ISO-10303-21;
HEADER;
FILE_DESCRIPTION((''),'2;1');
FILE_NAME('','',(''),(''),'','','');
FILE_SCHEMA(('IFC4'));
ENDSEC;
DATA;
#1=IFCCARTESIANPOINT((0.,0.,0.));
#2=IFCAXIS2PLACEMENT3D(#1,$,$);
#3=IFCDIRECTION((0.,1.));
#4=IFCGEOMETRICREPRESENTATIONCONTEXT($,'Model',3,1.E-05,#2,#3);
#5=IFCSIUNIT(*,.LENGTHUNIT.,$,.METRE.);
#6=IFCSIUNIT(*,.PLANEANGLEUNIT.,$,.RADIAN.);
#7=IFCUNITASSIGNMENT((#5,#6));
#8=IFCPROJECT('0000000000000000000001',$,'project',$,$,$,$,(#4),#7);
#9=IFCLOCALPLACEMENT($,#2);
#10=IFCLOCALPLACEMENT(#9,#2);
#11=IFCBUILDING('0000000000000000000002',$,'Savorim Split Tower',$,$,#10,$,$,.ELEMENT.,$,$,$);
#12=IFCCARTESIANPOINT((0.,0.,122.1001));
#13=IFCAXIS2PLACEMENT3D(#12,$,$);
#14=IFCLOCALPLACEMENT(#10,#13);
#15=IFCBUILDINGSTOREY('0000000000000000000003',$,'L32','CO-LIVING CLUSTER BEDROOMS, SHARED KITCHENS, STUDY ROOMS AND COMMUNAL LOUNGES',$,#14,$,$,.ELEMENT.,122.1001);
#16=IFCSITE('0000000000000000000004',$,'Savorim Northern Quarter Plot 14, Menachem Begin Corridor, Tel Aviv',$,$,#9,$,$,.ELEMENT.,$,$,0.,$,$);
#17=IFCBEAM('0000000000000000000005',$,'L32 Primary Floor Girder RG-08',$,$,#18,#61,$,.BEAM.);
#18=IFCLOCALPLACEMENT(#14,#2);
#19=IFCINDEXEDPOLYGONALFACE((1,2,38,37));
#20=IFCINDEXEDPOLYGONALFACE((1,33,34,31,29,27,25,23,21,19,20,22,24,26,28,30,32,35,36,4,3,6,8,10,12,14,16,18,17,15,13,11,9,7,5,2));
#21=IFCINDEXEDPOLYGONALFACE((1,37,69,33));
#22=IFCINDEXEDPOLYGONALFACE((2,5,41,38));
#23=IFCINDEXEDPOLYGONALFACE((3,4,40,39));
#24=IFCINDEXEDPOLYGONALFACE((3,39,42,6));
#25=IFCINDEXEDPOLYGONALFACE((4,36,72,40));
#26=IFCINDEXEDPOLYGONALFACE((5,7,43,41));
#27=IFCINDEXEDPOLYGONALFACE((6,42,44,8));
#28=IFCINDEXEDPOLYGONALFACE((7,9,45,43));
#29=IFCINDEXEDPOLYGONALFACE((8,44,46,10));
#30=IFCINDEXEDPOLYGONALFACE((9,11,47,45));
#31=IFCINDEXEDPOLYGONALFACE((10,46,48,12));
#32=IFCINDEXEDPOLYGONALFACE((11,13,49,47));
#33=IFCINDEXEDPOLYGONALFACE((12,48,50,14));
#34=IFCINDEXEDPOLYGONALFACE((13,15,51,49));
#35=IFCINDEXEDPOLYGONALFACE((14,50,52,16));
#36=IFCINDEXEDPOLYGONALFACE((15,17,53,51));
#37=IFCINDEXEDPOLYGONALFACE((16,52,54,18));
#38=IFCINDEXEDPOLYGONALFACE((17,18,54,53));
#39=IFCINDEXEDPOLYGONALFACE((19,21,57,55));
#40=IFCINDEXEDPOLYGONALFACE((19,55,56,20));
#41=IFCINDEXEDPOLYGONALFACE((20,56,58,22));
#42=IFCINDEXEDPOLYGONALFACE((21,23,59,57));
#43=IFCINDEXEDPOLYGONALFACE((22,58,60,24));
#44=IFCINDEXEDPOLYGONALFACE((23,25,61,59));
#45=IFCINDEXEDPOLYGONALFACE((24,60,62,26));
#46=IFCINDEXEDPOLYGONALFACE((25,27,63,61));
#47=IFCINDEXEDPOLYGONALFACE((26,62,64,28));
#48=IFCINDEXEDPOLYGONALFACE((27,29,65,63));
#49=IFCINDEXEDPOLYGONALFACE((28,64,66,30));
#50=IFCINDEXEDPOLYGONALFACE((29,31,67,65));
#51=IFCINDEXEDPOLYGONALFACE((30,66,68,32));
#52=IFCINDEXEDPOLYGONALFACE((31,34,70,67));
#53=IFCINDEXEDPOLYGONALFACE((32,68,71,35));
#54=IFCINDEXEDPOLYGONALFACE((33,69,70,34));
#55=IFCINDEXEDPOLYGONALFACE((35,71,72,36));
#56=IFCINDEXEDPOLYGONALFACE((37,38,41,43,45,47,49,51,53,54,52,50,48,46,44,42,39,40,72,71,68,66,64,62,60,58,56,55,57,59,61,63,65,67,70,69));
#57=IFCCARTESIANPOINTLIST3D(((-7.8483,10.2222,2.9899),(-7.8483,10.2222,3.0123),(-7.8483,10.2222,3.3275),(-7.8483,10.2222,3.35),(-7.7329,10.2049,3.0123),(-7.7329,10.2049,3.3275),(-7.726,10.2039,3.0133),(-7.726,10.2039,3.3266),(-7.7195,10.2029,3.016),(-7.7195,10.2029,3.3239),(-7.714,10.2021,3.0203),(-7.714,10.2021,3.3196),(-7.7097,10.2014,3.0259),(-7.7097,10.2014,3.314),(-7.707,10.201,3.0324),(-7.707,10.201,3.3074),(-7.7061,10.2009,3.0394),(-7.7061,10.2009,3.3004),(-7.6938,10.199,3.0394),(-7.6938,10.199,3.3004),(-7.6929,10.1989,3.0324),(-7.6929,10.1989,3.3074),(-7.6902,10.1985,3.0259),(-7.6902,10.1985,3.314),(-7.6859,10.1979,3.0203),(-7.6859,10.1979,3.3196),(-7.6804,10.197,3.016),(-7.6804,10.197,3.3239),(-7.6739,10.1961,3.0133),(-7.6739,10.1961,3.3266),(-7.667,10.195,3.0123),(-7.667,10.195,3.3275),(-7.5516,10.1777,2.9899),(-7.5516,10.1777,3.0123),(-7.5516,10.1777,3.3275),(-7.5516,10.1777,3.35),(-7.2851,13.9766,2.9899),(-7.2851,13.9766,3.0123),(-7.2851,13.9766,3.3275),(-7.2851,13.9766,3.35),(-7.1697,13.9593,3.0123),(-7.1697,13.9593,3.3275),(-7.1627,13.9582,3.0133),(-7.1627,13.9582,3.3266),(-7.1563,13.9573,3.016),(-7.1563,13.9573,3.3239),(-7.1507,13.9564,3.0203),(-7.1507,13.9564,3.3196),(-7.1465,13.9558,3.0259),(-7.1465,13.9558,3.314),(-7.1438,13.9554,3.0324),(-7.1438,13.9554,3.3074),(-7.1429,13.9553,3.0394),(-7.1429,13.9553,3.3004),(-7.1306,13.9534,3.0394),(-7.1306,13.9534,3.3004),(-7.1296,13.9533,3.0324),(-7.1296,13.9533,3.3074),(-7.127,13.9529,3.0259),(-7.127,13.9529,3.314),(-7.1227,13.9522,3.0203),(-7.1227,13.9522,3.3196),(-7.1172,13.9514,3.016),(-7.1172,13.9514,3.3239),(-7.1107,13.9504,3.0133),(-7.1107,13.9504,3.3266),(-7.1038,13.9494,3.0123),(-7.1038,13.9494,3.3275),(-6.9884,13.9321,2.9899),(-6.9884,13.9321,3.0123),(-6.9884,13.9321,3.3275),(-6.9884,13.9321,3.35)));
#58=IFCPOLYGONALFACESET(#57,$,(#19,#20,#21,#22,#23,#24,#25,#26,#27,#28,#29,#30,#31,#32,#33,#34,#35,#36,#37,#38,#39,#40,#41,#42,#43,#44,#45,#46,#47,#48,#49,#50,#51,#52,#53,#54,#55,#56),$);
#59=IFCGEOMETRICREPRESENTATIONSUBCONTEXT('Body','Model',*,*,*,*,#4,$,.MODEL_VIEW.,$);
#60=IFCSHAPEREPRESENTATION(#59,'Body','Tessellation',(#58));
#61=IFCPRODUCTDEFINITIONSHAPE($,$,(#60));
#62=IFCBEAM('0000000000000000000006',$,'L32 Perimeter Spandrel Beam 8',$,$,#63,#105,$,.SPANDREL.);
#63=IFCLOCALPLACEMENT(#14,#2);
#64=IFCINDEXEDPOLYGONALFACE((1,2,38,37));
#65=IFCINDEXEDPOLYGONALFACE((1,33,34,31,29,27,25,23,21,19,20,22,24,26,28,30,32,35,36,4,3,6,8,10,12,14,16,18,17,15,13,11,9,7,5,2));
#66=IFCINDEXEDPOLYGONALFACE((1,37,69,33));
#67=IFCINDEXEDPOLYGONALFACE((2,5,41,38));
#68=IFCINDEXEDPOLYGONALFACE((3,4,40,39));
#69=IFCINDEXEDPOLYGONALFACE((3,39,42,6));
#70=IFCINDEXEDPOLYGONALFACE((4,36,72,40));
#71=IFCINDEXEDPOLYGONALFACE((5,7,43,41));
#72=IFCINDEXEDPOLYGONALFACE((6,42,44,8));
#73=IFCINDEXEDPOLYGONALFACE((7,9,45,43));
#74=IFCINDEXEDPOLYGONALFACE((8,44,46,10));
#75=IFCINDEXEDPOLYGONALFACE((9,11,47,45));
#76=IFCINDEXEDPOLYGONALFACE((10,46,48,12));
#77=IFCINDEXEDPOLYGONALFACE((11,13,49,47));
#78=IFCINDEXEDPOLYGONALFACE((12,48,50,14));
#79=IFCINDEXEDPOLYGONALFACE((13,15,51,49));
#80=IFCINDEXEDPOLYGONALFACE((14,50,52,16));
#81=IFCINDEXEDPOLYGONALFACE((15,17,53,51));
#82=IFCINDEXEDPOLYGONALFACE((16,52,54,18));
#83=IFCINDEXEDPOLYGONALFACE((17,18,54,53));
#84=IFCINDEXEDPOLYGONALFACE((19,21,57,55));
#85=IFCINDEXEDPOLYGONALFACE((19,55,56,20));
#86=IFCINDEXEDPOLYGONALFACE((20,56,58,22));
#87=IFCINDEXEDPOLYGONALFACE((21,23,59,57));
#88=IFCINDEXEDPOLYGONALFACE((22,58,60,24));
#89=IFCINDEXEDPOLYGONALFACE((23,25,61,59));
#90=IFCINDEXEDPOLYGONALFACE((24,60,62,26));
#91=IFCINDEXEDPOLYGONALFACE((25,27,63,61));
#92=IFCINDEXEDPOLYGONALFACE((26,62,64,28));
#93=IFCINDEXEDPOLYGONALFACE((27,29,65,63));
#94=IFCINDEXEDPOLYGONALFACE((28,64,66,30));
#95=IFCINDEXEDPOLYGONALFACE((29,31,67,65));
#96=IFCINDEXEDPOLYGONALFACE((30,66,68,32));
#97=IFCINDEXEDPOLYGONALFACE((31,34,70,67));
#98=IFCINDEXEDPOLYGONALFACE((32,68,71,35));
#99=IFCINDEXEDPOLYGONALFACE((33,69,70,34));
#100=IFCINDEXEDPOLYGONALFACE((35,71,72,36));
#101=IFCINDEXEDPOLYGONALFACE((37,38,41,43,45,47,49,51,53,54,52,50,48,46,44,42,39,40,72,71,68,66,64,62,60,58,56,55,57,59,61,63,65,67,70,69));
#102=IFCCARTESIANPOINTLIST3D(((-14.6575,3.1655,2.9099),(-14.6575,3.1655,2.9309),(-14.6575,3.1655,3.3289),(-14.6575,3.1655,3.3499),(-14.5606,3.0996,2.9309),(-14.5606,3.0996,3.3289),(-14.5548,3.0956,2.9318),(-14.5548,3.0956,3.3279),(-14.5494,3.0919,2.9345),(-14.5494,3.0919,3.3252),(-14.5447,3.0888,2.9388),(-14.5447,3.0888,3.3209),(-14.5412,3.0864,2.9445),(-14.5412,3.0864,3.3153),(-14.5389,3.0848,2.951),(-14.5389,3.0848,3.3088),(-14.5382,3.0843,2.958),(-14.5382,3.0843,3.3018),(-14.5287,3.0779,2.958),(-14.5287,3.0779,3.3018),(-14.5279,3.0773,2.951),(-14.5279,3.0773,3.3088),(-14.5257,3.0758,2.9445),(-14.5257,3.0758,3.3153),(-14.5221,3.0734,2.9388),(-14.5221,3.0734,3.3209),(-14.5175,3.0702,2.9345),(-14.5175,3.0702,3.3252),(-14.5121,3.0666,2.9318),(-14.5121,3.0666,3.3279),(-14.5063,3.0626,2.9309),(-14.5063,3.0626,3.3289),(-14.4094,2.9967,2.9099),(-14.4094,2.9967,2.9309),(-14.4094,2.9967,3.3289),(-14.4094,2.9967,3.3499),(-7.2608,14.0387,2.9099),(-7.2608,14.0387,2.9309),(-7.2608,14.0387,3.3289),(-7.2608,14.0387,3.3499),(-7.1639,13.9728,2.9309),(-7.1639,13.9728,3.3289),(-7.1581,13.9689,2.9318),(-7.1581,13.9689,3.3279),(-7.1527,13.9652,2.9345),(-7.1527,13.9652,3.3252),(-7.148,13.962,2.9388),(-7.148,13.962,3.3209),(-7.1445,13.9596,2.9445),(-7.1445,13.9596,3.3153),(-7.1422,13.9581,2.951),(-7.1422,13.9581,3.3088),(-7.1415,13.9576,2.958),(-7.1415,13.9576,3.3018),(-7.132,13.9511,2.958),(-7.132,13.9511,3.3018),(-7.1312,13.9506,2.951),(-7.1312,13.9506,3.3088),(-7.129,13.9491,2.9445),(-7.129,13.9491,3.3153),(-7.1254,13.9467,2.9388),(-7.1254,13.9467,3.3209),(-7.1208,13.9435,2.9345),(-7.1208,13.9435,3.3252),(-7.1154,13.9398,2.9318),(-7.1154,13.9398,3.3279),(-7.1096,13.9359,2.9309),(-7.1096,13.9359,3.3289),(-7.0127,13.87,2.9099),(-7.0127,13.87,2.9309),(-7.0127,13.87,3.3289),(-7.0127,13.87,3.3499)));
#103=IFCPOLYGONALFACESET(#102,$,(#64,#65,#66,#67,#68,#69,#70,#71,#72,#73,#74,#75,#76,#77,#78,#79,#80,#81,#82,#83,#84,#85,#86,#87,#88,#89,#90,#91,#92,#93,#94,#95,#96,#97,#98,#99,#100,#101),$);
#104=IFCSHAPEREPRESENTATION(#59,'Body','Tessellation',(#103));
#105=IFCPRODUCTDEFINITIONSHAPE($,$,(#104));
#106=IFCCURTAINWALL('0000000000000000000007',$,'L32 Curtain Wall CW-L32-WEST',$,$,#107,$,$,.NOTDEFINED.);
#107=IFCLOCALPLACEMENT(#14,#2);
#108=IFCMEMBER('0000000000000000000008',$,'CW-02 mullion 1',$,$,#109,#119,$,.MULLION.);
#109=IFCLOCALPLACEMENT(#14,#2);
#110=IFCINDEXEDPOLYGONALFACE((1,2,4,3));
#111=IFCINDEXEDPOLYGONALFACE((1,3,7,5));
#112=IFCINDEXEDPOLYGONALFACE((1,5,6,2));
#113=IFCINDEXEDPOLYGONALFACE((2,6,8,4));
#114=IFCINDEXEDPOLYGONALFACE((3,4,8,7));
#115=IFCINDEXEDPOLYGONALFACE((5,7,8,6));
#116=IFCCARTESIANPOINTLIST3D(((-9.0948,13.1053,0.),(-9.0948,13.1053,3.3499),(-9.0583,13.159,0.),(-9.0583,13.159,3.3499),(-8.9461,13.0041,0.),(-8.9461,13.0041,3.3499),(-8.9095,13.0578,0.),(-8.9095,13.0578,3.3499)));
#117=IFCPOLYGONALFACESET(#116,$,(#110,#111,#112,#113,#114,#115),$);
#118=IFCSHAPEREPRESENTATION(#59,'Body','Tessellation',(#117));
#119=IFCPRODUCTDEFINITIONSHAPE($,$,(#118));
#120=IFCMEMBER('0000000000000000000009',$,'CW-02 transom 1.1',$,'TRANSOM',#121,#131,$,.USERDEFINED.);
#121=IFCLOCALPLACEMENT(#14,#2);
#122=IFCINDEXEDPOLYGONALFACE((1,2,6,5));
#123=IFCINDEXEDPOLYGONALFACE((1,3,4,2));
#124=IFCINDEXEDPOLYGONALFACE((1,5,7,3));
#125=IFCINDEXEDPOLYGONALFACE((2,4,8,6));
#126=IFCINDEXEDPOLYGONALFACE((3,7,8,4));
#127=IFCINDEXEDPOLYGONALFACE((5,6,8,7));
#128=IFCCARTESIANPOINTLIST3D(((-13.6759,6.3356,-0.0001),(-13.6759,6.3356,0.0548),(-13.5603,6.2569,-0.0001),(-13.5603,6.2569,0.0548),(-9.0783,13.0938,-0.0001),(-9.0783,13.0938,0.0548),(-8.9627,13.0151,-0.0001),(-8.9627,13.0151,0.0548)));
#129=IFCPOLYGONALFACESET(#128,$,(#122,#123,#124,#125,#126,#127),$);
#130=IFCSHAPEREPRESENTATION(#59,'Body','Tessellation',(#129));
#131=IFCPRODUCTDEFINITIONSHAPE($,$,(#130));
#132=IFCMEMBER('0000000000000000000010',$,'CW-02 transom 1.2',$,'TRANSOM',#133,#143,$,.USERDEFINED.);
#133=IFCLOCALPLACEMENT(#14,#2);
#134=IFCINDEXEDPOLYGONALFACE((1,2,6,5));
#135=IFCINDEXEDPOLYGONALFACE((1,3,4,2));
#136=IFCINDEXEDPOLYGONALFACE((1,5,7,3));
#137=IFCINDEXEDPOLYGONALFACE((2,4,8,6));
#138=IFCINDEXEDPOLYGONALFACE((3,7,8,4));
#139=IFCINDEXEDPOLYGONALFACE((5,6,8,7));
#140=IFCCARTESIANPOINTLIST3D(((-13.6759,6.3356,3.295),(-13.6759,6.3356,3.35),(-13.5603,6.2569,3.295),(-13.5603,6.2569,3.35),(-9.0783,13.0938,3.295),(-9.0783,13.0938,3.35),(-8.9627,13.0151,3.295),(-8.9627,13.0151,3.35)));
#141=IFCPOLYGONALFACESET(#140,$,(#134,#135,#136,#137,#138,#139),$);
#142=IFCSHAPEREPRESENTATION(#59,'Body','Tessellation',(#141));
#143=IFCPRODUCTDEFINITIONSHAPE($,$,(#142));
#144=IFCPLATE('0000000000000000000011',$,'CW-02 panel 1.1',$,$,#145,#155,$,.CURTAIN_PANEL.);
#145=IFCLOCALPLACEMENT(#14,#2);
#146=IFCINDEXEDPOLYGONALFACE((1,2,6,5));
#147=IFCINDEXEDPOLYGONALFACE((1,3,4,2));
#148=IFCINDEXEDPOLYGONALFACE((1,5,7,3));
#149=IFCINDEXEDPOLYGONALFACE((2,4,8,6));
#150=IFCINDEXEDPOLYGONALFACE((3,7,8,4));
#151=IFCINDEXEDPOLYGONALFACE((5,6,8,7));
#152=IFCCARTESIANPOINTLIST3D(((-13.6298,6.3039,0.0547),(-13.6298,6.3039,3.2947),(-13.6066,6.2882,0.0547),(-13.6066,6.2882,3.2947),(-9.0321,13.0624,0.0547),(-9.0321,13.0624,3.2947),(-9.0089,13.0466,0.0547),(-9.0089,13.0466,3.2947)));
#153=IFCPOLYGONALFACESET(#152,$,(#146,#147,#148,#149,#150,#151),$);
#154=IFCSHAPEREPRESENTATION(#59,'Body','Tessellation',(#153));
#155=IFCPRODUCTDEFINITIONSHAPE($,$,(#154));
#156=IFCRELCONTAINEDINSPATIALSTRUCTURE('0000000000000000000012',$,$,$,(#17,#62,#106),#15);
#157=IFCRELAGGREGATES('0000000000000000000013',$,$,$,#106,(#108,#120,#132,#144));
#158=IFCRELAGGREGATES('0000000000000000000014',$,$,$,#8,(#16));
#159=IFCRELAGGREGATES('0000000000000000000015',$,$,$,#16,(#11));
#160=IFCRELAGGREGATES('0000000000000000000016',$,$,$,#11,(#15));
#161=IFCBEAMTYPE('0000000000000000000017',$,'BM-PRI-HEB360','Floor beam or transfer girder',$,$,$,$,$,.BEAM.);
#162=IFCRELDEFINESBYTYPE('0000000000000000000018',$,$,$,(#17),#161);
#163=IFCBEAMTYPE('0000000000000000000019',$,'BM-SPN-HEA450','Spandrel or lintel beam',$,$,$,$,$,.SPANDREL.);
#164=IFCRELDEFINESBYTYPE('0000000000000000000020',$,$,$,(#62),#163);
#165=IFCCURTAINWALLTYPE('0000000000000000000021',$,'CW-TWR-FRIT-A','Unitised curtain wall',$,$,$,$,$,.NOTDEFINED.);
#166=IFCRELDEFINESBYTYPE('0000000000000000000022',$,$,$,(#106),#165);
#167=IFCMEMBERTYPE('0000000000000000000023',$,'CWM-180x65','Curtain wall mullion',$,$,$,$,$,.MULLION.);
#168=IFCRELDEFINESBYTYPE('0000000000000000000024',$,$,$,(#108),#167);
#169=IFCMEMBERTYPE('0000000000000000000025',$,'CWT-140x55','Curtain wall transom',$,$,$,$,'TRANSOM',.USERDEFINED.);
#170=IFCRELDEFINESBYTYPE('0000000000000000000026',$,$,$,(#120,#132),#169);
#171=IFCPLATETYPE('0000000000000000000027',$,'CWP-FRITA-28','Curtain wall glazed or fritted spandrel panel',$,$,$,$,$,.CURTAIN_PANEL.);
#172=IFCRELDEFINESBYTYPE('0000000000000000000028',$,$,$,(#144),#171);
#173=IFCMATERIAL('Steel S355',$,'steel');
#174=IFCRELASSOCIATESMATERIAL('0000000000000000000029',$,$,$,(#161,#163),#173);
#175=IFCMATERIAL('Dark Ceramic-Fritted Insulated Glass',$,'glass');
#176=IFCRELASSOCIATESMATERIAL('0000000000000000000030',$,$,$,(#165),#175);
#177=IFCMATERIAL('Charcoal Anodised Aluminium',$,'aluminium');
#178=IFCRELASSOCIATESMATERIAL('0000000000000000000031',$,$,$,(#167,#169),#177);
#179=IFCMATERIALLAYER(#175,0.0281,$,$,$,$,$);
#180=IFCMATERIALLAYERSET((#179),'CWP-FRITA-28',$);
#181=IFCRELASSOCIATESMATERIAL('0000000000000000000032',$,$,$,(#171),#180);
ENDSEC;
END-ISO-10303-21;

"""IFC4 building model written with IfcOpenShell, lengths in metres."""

from ifc_helpers import new_model, si_unit, direction, frame, origin, origin_2d, place, context, subcontext, project, spatial, rectangle, i_section, extrude, material, layer, layer_set, material_profile, profile_set, type_object, element, aggregate, save


model = new_model("IFC4")

# Units and contexts
model_context = context("Model", 3, precision=1e-05, world=origin(), true_north=direction((0.0, 1.0)))
body_context = subcontext(model_context, "Body", "Model", "MODEL_VIEW")
ifc_project = project(units=[si_unit("LENGTHUNIT", "METRE"), si_unit("PLANEANGLEUNIT", "RADIAN")], contexts=[model_context])

# Site, building, storey
site_placement = place(None, origin())
site = spatial("IfcSite", under=ifc_project, at=site_placement, Name="Savorim Northern Quarter Plot 14, Menachem Begin Corridor, Tel Aviv", CompositionType="ELEMENT", RefElevation=0.0)
building_placement = place(site_placement, origin())
building = spatial("IfcBuilding", under=site, at=building_placement, Name="Savorim Split Tower", CompositionType="ELEMENT")
storey_placement = place(building_placement, frame((0.0, 0.0, 122.1001)))
storey = spatial("IfcBuildingStorey", under=building, at=storey_placement, Name="L32", Description="CO-LIVING CLUSTER BEDROOMS, SHARED KITCHENS, STUDY ROOMS AND COMMUNAL LOUNGES", CompositionType="ELEMENT", Elevation=122.1001)

# Beams
ifc_material_1 = material(Name="Steel S355", Category="steel")
ifc_material_profile_1 = material_profile(ifc_material_1, i_section(OverallWidth=0.3, OverallDepth=0.3601, WebThickness=0.0125, FlangeThickness=0.0225, FilletRadius=0.0271, at=origin_2d()), Name="HEB 360")
ifc_profile_set_1 = profile_set([ifc_material_profile_1], Name="Steel S355")
beam_type_1 = type_object("IfcBeamType", Name="BM-PRI-HEB360", Description="Floor beam or transfer girder", PredefinedType="BEAM", material=ifc_profile_set_1)
beam_1_placement = place(storey_placement, frame((-7.1367, 13.9543, 3.1699), z_axis=(-0.148359, -0.988934, 0.0), x_axis=(0.988934, -0.148359, 0.0)))
element("IfcBeam", 1, at=beam_1_placement, inside=storey, type_object=beam_type_1, Name="L32 Primary Floor Girder RG-08", PredefinedType="BEAM", context=body_context, shape_type="SweptSolid", body=[
    extrude(i_section(OverallWidth=0.3, OverallDepth=0.3601, WebThickness=0.0125, FlangeThickness=0.0225, FilletRadius=0.0271, at=origin_2d()), origin(), (0.0, 0.0, 1.0), 3.7964),
])
ifc_material_profile_2 = material_profile(ifc_material_1, i_section(OverallWidth=0.3, OverallDepth=0.4399, WebThickness=0.0115, FlangeThickness=0.021, FilletRadius=0.0271, at=origin_2d()), Name="HEA 450")
ifc_profile_set_2 = profile_set([ifc_material_profile_2], Name="Steel S355")
beam_type_2 = type_object("IfcBeamType", Name="BM-SPN-HEA450", Description="Spandrel or lintel beam", PredefinedType="SPANDREL", material=ifc_profile_set_2)
beam_2_placement = place(storey_placement, frame((-7.1367, 13.9543, 3.1299), z_axis=(-0.56246, -0.826824, 0.0), x_axis=(0.826824, -0.56246, 0.0)))
element("IfcBeam", 2, at=beam_2_placement, inside=storey, type_object=beam_type_2, Name="L32 Perimeter Spandrel Beam 8", PredefinedType="SPANDREL", context=body_context, shape_type="SweptSolid", body=[
    extrude(i_section(OverallWidth=0.3, OverallDepth=0.4399, WebThickness=0.0115, FlangeThickness=0.021, FilletRadius=0.0271, at=origin_2d()), origin(), (0.0, 0.0, 1.0), 13.1506),
])

# Curtain wall, members, plate
ifc_material_2 = material(Name="Dark Ceramic-Fritted Insulated Glass", Category="glass")
curtain_wall_type = type_object("IfcCurtainWallType", Name="CW-TWR-FRIT-A", Description="Unitised curtain wall", PredefinedType="NOTDEFINED", material=ifc_material_2)
curtain_wall_placement = place(storey_placement, origin())
curtain_wall = element("IfcCurtainWall", 3, at=curtain_wall_placement, inside=storey, type_object=curtain_wall_type, Name="L32 Curtain Wall CW-L32-WEST", PredefinedType="NOTDEFINED")
ifc_material_3 = material(Name="Charcoal Anodised Aluminium", Category="aluminium")
ifc_material_profile_3 = material_profile(ifc_material_3, rectangle(XDim=0.1799, YDim=0.0649, at=origin_2d()), Name="ALU-M 180x65")
ifc_profile_set_3 = profile_set([ifc_material_profile_3], Name="Charcoal Anodised Aluminium")
member_type_1 = type_object("IfcMemberType", Name="CWM-180x65", Description="Curtain wall mullion", PredefinedType="MULLION", material=ifc_profile_set_3)
member_1_placement = place(storey_placement, frame((-9.0022, 13.0815, 0.0), z_axis=(0.0, 0.0, 1.0), x_axis=(0.82682, -0.562467, 0.0)))
member_1 = element("IfcMember", 4, at=member_1_placement, type_object=member_type_1, Name="CW-02 mullion 1", PredefinedType="MULLION", context=body_context, shape_type="SweptSolid", body=[
    extrude(rectangle(XDim=0.1799, YDim=0.0649, at=origin_2d()), origin(), (0.0, 0.0, 1.0), 3.3499),
])
ifc_material_profile_4 = material_profile(ifc_material_3, rectangle(XDim=0.1399, YDim=0.0549, at=origin_2d()), Name="ALU-T 140x55")
ifc_profile_set_4 = profile_set([ifc_material_profile_4], Name="Charcoal Anodised Aluminium")
member_type_2 = type_object("IfcMemberType", Name="CWT-140x55", Description="Curtain wall transom", ElementType="TRANSOM", PredefinedType="USERDEFINED", material=ifc_profile_set_4)
member_2_placement = place(storey_placement, frame((-9.0205, 13.0544, 0.0273), z_axis=(-0.562478, -0.826812, 0.0), x_axis=(0.826812, -0.562478, 0.0)))
member_2 = element("IfcMember", 5, at=member_2_placement, type_object=member_type_2, Name="CW-02 transom 1.1", ObjectType="TRANSOM", PredefinedType="USERDEFINED", context=body_context, shape_type="SweptSolid", body=[
    extrude(rectangle(XDim=0.1399, YDim=0.0549, at=origin_2d()), origin(), (0.0, 0.0, 1.0), 8.1738),
])
member_3_placement = place(storey_placement, frame((-9.0205, 13.0544, 3.3225), z_axis=(-0.562478, -0.826812, 0.0), x_axis=(0.826812, -0.562478, 0.0)))
member_3 = element("IfcMember", 6, at=member_3_placement, type_object=member_type_2, Name="CW-02 transom 1.2", ObjectType="TRANSOM", PredefinedType="USERDEFINED", context=body_context, shape_type="SweptSolid", body=[
    extrude(rectangle(XDim=0.1399, YDim=0.0549, at=origin_2d()), origin(), (0.0, 0.0, 1.0), 8.1738),
])
ifc_layer_1 = layer(ifc_material_2, 0.0281)
ifc_layer_set_1 = layer_set([ifc_layer_1], Name="CWP-FRITA-28")
plate_type = type_object("IfcPlateType", Name="CWP-FRITA-28", Description="Curtain wall glazed or fritted spandrel panel", PredefinedType="CURTAIN_PANEL", material=ifc_layer_set_1)
plate_placement = place(storey_placement, frame((-11.3193, 9.6753, 0.0547), z_axis=(0.0, 0.0, 1.0), x_axis=(-0.562467, -0.82682, 0.0)))
plate = element("IfcPlate", 7, at=plate_placement, type_object=plate_type, Name="CW-02 panel 1.1", PredefinedType="CURTAIN_PANEL", context=body_context, shape_type="SweptSolid", body=[
    extrude(rectangle(XDim=8.1741, YDim=0.0281, at=origin_2d()), origin(), (0.0, 0.0, 1.0), 3.24),
])
aggregate(curtain_wall, [member_1, member_2, member_3, plate])

save(model, "model.ifc")
